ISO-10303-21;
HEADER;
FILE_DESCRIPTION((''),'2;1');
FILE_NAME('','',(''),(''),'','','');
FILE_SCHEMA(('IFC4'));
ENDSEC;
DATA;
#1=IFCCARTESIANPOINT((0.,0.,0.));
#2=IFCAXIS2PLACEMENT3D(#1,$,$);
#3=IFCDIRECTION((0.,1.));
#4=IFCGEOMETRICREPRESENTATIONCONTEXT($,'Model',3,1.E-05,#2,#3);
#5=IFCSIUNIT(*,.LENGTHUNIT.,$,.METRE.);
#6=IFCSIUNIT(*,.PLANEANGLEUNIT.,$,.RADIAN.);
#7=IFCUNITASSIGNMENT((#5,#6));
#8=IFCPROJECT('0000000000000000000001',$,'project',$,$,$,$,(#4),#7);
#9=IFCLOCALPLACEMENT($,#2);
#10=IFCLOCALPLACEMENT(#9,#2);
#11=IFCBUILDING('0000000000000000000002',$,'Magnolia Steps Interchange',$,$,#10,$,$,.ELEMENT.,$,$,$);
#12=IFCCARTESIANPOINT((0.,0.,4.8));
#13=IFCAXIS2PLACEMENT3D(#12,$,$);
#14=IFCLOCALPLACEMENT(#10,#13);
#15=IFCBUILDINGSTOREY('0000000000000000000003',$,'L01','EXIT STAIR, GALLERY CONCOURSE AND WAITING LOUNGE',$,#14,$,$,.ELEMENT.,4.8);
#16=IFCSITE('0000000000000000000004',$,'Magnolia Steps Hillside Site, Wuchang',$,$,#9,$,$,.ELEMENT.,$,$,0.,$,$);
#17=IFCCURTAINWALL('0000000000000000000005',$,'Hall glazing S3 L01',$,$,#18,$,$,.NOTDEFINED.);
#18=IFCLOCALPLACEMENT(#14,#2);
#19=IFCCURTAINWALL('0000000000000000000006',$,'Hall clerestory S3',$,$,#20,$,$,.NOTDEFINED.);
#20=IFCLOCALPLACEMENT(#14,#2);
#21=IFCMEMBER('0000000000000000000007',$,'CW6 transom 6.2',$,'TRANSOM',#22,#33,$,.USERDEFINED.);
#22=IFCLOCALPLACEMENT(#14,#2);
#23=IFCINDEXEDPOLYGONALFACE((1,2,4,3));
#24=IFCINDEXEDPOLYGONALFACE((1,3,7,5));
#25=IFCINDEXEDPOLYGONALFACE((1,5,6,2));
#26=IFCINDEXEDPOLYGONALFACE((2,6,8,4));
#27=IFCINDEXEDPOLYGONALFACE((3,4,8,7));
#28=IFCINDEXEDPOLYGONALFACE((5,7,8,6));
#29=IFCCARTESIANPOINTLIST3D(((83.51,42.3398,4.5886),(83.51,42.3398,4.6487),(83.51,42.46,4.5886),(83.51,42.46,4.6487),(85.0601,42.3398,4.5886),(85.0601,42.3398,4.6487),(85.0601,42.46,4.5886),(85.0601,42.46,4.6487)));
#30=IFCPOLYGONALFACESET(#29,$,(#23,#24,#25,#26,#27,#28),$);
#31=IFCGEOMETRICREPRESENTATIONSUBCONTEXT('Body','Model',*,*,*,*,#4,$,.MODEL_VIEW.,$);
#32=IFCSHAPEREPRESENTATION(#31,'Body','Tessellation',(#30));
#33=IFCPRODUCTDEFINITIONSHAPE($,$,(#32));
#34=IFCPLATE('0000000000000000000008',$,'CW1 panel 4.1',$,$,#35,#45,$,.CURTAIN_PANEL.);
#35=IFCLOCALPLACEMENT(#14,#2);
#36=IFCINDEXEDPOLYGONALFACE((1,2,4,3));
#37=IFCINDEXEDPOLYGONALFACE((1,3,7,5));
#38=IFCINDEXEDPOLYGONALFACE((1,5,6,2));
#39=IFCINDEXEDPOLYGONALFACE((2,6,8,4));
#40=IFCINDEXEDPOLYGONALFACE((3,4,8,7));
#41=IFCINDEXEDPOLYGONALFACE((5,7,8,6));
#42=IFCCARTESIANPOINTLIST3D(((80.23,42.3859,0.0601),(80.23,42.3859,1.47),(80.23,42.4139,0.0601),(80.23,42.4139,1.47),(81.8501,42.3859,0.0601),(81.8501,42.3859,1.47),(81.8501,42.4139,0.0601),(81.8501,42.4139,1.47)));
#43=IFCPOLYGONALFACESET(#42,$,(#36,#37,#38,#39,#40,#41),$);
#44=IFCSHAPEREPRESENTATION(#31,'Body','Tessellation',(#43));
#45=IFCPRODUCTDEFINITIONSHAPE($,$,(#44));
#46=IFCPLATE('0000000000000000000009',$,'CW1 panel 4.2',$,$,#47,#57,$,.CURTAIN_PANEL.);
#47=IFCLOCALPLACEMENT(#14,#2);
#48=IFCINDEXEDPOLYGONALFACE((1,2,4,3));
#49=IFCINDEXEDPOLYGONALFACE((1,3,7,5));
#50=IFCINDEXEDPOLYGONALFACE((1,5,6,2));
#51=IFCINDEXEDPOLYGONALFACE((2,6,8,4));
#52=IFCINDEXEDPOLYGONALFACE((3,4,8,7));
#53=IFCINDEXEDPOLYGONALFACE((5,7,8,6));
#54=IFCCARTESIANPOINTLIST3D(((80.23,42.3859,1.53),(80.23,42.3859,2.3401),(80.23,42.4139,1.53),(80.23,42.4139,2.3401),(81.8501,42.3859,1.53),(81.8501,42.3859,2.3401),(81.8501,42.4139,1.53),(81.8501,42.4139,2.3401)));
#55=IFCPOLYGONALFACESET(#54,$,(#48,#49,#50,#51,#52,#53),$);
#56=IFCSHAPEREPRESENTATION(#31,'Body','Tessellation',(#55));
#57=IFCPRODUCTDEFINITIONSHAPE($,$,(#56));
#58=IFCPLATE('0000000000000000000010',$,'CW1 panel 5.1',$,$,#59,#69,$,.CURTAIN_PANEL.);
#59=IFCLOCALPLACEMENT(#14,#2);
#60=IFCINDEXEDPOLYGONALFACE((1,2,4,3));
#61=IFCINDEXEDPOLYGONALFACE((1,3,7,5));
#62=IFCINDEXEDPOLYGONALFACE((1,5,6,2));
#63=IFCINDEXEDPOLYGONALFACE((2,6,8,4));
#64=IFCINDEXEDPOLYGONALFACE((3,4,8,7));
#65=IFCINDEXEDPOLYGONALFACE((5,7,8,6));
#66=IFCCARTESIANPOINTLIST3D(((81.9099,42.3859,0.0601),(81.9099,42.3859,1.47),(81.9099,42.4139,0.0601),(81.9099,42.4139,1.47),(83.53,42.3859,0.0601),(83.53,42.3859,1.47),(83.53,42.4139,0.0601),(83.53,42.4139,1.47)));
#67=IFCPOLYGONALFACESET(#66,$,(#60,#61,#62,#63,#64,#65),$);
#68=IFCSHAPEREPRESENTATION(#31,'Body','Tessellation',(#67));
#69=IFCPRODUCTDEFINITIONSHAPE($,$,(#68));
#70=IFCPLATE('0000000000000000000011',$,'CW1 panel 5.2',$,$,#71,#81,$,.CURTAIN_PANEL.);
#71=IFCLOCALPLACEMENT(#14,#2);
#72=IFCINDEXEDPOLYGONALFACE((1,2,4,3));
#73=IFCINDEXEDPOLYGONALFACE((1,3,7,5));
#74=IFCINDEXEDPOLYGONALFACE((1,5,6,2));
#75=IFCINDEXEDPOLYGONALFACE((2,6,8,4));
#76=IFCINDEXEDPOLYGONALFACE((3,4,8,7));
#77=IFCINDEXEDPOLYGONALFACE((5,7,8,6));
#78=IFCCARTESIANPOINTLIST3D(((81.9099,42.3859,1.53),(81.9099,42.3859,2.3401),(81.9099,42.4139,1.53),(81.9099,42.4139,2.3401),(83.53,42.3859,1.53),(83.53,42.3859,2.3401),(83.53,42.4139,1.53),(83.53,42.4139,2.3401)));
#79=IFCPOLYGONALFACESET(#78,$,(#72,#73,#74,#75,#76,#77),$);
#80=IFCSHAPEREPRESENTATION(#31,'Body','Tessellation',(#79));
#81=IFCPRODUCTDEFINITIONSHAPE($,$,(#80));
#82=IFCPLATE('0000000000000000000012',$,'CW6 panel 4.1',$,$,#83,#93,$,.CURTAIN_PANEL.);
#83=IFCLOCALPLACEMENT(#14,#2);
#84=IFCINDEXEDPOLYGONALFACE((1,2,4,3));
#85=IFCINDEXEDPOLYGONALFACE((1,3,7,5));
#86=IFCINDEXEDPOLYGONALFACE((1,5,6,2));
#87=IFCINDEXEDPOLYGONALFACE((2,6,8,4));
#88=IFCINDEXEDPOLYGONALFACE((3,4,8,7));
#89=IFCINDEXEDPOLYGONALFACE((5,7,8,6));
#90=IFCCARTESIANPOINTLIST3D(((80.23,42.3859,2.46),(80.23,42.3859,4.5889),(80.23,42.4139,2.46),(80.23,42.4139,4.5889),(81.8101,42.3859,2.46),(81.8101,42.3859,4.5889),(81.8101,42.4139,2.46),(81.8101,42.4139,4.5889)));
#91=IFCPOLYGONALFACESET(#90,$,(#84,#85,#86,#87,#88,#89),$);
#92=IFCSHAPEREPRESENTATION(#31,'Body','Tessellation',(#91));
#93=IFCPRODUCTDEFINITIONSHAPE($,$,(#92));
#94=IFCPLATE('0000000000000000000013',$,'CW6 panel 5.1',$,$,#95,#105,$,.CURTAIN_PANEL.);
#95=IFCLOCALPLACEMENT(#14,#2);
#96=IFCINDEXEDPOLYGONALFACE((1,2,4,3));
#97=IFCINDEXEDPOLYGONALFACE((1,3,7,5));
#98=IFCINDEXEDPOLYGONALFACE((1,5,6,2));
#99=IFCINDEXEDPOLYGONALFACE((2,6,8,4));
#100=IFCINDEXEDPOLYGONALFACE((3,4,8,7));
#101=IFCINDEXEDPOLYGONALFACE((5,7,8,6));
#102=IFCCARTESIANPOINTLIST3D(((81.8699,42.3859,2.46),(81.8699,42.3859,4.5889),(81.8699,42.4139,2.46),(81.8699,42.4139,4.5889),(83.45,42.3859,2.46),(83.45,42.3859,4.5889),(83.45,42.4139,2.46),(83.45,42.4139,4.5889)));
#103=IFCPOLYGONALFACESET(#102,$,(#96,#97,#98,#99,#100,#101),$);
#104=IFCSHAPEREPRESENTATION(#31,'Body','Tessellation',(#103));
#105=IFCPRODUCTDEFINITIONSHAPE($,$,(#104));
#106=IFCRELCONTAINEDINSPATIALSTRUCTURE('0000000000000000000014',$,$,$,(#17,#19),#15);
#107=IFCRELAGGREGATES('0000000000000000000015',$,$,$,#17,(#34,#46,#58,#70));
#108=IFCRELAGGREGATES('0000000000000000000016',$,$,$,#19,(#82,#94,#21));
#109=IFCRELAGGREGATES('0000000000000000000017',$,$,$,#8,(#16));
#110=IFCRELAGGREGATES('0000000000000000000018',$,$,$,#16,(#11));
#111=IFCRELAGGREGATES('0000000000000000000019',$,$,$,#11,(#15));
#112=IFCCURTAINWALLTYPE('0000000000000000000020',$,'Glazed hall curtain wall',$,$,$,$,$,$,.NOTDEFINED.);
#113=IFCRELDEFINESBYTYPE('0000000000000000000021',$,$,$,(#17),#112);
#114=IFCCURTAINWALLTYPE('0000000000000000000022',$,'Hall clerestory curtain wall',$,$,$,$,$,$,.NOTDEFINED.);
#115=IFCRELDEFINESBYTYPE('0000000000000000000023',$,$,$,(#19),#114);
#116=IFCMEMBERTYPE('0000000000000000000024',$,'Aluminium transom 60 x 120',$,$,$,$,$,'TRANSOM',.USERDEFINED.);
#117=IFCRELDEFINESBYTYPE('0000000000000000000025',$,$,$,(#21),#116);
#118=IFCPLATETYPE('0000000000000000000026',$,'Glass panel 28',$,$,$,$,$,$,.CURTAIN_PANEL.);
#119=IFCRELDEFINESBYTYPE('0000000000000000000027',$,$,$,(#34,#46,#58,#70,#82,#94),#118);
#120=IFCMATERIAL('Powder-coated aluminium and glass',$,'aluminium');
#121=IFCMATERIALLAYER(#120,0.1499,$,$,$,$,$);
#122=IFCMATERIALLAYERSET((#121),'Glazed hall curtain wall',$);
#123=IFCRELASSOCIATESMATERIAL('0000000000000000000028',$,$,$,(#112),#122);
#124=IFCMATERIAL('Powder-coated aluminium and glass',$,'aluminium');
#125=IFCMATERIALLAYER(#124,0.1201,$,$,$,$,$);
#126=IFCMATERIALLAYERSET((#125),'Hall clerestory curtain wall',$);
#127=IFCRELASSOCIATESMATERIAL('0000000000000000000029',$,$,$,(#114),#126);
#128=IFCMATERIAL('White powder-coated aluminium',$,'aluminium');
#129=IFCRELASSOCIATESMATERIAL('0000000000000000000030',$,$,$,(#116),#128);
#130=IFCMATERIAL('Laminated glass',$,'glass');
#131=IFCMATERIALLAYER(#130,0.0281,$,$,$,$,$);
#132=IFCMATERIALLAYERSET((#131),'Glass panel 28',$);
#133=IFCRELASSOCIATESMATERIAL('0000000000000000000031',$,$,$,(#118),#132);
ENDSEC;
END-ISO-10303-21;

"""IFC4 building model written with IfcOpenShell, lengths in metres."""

from ifc_helpers import new_model, si_unit, direction, frame, origin, origin_2d, place, context, subcontext, project, spatial, rectangle, extrude, material, layer, layer_set, material_profile, profile_set, type_object, element, aggregate, save


model = new_model("IFC4")

# Units and contexts
model_context = context("Model", 3, precision=1e-05, world=origin(), true_north=direction((0.0, 1.0)))
body_context = subcontext(model_context, "Body", "Model", "MODEL_VIEW")
ifc_project = project(units=[si_unit("LENGTHUNIT", "METRE"), si_unit("PLANEANGLEUNIT", "RADIAN")], contexts=[model_context])

# Site, building, storey
site_placement = place(None, origin())
site = spatial("IfcSite", under=ifc_project, at=site_placement, Name="Magnolia Steps Hillside Site, Wuchang", CompositionType="ELEMENT", RefElevation=0.0)
building_placement = place(site_placement, origin())
building = spatial("IfcBuilding", under=site, at=building_placement, Name="Magnolia Steps Interchange", CompositionType="ELEMENT")
storey_placement = place(building_placement, frame((0.0, 0.0, 4.8)))
storey = spatial("IfcBuildingStorey", under=building, at=storey_placement, Name="L01", Description="EXIT STAIR, GALLERY CONCOURSE AND WAITING LOUNGE", CompositionType="ELEMENT", Elevation=4.8)

# Curtain walls
ifc_material_1 = material(Name="Powder-coated aluminium and glass", Category="aluminium")
ifc_layer_1 = layer(ifc_material_1, 0.1499)
ifc_layer_set_1 = layer_set([ifc_layer_1], Name="Glazed hall curtain wall")
curtain_wall_type_1 = type_object("IfcCurtainWallType", Name="Glazed hall curtain wall", PredefinedType="NOTDEFINED", material=ifc_layer_set_1)
curtain_wall_1_placement = place(storey_placement, origin())
curtain_wall_1 = element("IfcCurtainWall", 1, at=curtain_wall_1_placement, inside=storey, type_object=curtain_wall_type_1, Name="Hall glazing S3 L01", PredefinedType="NOTDEFINED")
ifc_material_2 = material(Name="Powder-coated aluminium and glass", Category="aluminium")
ifc_layer_2 = layer(ifc_material_2, 0.1201)
ifc_layer_set_2 = layer_set([ifc_layer_2], Name="Hall clerestory curtain wall")
curtain_wall_type_2 = type_object("IfcCurtainWallType", Name="Hall clerestory curtain wall", PredefinedType="NOTDEFINED", material=ifc_layer_set_2)
curtain_wall_2_placement = place(storey_placement, origin())
curtain_wall_2 = element("IfcCurtainWall", 2, at=curtain_wall_2_placement, inside=storey, type_object=curtain_wall_type_2, Name="Hall clerestory S3", PredefinedType="NOTDEFINED")

# Member
ifc_material_3 = material(Name="White powder-coated aluminium", Category="aluminium")
ifc_material_profile_1 = material_profile(ifc_material_3, rectangle(XDim=0.0601, YDim=0.1201, at=origin_2d()), Name="Aluminium transom 60 x 120")
ifc_profile_set_1 = profile_set([ifc_material_profile_1], Name="White powder-coated aluminium")
member_type_1 = type_object("IfcMemberType", Name="Aluminium transom 60 x 120", ElementType="TRANSOM", PredefinedType="USERDEFINED", material=ifc_profile_set_1)
member_1_placement = place(storey_placement, frame((83.51, 42.3999, 4.6187), z_axis=(1.0, 0.0, 0.0), x_axis=(0.0, 0.0, 1.0)))
member_1 = element("IfcMember", 3, at=member_1_placement, type_object=member_type_1, Name="CW6 transom 6.2", ObjectType="TRANSOM", PredefinedType="USERDEFINED", context=body_context, shape_type="SweptSolid", body=[
    extrude(rectangle(XDim=0.0601, YDim=0.1201, at=origin_2d()), origin(), (0.0, 0.0, 1.0), 1.55),
])

# Plates
ifc_material_4 = material(Name="Laminated glass", Category="glass")
ifc_layer_3 = layer(ifc_material_4, 0.0281)
ifc_layer_set_3 = layer_set([ifc_layer_3], Name="Glass panel 28")
plate_type = type_object("IfcPlateType", Name="Glass panel 28", PredefinedType="CURTAIN_PANEL", material=ifc_layer_set_3)
plate_1_placement = place(storey_placement, frame((81.04, 42.3999, 0.0601), z_axis=(0.0, 0.0, 1.0), x_axis=(1.0, 0.0, 0.0)))
plate_1 = element("IfcPlate", 4, at=plate_1_placement, type_object=plate_type, Name="CW1 panel 4.1", PredefinedType="CURTAIN_PANEL", context=body_context, shape_type="SweptSolid", body=[
    extrude(rectangle(XDim=1.6201, YDim=0.0281, at=origin_2d()), origin(), (0.0, 0.0, 1.0), 1.4099),
])
plate_2_placement = place(storey_placement, frame((81.04, 42.3999, 1.53), z_axis=(0.0, 0.0, 1.0), x_axis=(1.0, 0.0, 0.0)))
plate_2 = element("IfcPlate", 5, at=plate_2_placement, type_object=plate_type, Name="CW1 panel 4.2", PredefinedType="CURTAIN_PANEL", context=body_context, shape_type="SweptSolid", body=[
    extrude(rectangle(XDim=1.6201, YDim=0.0281, at=origin_2d()), origin(), (0.0, 0.0, 1.0), 0.8101),
])
plate_3_placement = place(storey_placement, frame((82.72, 42.3999, 0.0601), z_axis=(0.0, 0.0, 1.0), x_axis=(1.0, 0.0, 0.0)))
plate_3 = element("IfcPlate", 6, at=plate_3_placement, type_object=plate_type, Name="CW1 panel 5.1", PredefinedType="CURTAIN_PANEL", context=body_context, shape_type="SweptSolid", body=[
    extrude(rectangle(XDim=1.6201, YDim=0.0281, at=origin_2d()), origin(), (0.0, 0.0, 1.0), 1.4099),
])
plate_4_placement = place(storey_placement, frame((82.72, 42.3999, 1.53), z_axis=(0.0, 0.0, 1.0), x_axis=(1.0, 0.0, 0.0)))
plate_4 = element("IfcPlate", 7, at=plate_4_placement, type_object=plate_type, Name="CW1 panel 5.2", PredefinedType="CURTAIN_PANEL", context=body_context, shape_type="SweptSolid", body=[
    extrude(rectangle(XDim=1.6201, YDim=0.0281, at=origin_2d()), origin(), (0.0, 0.0, 1.0), 0.8101),
])
aggregate(curtain_wall_1, [plate_1, plate_2, plate_3, plate_4])
plate_5_placement = place(storey_placement, frame((81.02, 42.3999, 2.46), z_axis=(0.0, 0.0, 1.0), x_axis=(1.0, 0.0, 0.0)))
plate_5 = element("IfcPlate", 8, at=plate_5_placement, type_object=plate_type, Name="CW6 panel 4.1", PredefinedType="CURTAIN_PANEL", context=body_context, shape_type="SweptSolid", body=[
    extrude(rectangle(XDim=1.5801, YDim=0.0281, at=origin_2d()), origin(), (0.0, 0.0, 1.0), 2.1289),
])
plate_6_placement = place(storey_placement, frame((82.6599, 42.3999, 2.46), z_axis=(0.0, 0.0, 1.0), x_axis=(1.0, 0.0, 0.0)))
plate_6 = element("IfcPlate", 9, at=plate_6_placement, type_object=plate_type, Name="CW6 panel 5.1", PredefinedType="CURTAIN_PANEL", context=body_context, shape_type="SweptSolid", body=[
    extrude(rectangle(XDim=1.5801, YDim=0.0281, at=origin_2d()), origin(), (0.0, 0.0, 1.0), 2.1289),
])
aggregate(curtain_wall_2, [plate_5, plate_6, member_1])

save(model, "model.ifc")
